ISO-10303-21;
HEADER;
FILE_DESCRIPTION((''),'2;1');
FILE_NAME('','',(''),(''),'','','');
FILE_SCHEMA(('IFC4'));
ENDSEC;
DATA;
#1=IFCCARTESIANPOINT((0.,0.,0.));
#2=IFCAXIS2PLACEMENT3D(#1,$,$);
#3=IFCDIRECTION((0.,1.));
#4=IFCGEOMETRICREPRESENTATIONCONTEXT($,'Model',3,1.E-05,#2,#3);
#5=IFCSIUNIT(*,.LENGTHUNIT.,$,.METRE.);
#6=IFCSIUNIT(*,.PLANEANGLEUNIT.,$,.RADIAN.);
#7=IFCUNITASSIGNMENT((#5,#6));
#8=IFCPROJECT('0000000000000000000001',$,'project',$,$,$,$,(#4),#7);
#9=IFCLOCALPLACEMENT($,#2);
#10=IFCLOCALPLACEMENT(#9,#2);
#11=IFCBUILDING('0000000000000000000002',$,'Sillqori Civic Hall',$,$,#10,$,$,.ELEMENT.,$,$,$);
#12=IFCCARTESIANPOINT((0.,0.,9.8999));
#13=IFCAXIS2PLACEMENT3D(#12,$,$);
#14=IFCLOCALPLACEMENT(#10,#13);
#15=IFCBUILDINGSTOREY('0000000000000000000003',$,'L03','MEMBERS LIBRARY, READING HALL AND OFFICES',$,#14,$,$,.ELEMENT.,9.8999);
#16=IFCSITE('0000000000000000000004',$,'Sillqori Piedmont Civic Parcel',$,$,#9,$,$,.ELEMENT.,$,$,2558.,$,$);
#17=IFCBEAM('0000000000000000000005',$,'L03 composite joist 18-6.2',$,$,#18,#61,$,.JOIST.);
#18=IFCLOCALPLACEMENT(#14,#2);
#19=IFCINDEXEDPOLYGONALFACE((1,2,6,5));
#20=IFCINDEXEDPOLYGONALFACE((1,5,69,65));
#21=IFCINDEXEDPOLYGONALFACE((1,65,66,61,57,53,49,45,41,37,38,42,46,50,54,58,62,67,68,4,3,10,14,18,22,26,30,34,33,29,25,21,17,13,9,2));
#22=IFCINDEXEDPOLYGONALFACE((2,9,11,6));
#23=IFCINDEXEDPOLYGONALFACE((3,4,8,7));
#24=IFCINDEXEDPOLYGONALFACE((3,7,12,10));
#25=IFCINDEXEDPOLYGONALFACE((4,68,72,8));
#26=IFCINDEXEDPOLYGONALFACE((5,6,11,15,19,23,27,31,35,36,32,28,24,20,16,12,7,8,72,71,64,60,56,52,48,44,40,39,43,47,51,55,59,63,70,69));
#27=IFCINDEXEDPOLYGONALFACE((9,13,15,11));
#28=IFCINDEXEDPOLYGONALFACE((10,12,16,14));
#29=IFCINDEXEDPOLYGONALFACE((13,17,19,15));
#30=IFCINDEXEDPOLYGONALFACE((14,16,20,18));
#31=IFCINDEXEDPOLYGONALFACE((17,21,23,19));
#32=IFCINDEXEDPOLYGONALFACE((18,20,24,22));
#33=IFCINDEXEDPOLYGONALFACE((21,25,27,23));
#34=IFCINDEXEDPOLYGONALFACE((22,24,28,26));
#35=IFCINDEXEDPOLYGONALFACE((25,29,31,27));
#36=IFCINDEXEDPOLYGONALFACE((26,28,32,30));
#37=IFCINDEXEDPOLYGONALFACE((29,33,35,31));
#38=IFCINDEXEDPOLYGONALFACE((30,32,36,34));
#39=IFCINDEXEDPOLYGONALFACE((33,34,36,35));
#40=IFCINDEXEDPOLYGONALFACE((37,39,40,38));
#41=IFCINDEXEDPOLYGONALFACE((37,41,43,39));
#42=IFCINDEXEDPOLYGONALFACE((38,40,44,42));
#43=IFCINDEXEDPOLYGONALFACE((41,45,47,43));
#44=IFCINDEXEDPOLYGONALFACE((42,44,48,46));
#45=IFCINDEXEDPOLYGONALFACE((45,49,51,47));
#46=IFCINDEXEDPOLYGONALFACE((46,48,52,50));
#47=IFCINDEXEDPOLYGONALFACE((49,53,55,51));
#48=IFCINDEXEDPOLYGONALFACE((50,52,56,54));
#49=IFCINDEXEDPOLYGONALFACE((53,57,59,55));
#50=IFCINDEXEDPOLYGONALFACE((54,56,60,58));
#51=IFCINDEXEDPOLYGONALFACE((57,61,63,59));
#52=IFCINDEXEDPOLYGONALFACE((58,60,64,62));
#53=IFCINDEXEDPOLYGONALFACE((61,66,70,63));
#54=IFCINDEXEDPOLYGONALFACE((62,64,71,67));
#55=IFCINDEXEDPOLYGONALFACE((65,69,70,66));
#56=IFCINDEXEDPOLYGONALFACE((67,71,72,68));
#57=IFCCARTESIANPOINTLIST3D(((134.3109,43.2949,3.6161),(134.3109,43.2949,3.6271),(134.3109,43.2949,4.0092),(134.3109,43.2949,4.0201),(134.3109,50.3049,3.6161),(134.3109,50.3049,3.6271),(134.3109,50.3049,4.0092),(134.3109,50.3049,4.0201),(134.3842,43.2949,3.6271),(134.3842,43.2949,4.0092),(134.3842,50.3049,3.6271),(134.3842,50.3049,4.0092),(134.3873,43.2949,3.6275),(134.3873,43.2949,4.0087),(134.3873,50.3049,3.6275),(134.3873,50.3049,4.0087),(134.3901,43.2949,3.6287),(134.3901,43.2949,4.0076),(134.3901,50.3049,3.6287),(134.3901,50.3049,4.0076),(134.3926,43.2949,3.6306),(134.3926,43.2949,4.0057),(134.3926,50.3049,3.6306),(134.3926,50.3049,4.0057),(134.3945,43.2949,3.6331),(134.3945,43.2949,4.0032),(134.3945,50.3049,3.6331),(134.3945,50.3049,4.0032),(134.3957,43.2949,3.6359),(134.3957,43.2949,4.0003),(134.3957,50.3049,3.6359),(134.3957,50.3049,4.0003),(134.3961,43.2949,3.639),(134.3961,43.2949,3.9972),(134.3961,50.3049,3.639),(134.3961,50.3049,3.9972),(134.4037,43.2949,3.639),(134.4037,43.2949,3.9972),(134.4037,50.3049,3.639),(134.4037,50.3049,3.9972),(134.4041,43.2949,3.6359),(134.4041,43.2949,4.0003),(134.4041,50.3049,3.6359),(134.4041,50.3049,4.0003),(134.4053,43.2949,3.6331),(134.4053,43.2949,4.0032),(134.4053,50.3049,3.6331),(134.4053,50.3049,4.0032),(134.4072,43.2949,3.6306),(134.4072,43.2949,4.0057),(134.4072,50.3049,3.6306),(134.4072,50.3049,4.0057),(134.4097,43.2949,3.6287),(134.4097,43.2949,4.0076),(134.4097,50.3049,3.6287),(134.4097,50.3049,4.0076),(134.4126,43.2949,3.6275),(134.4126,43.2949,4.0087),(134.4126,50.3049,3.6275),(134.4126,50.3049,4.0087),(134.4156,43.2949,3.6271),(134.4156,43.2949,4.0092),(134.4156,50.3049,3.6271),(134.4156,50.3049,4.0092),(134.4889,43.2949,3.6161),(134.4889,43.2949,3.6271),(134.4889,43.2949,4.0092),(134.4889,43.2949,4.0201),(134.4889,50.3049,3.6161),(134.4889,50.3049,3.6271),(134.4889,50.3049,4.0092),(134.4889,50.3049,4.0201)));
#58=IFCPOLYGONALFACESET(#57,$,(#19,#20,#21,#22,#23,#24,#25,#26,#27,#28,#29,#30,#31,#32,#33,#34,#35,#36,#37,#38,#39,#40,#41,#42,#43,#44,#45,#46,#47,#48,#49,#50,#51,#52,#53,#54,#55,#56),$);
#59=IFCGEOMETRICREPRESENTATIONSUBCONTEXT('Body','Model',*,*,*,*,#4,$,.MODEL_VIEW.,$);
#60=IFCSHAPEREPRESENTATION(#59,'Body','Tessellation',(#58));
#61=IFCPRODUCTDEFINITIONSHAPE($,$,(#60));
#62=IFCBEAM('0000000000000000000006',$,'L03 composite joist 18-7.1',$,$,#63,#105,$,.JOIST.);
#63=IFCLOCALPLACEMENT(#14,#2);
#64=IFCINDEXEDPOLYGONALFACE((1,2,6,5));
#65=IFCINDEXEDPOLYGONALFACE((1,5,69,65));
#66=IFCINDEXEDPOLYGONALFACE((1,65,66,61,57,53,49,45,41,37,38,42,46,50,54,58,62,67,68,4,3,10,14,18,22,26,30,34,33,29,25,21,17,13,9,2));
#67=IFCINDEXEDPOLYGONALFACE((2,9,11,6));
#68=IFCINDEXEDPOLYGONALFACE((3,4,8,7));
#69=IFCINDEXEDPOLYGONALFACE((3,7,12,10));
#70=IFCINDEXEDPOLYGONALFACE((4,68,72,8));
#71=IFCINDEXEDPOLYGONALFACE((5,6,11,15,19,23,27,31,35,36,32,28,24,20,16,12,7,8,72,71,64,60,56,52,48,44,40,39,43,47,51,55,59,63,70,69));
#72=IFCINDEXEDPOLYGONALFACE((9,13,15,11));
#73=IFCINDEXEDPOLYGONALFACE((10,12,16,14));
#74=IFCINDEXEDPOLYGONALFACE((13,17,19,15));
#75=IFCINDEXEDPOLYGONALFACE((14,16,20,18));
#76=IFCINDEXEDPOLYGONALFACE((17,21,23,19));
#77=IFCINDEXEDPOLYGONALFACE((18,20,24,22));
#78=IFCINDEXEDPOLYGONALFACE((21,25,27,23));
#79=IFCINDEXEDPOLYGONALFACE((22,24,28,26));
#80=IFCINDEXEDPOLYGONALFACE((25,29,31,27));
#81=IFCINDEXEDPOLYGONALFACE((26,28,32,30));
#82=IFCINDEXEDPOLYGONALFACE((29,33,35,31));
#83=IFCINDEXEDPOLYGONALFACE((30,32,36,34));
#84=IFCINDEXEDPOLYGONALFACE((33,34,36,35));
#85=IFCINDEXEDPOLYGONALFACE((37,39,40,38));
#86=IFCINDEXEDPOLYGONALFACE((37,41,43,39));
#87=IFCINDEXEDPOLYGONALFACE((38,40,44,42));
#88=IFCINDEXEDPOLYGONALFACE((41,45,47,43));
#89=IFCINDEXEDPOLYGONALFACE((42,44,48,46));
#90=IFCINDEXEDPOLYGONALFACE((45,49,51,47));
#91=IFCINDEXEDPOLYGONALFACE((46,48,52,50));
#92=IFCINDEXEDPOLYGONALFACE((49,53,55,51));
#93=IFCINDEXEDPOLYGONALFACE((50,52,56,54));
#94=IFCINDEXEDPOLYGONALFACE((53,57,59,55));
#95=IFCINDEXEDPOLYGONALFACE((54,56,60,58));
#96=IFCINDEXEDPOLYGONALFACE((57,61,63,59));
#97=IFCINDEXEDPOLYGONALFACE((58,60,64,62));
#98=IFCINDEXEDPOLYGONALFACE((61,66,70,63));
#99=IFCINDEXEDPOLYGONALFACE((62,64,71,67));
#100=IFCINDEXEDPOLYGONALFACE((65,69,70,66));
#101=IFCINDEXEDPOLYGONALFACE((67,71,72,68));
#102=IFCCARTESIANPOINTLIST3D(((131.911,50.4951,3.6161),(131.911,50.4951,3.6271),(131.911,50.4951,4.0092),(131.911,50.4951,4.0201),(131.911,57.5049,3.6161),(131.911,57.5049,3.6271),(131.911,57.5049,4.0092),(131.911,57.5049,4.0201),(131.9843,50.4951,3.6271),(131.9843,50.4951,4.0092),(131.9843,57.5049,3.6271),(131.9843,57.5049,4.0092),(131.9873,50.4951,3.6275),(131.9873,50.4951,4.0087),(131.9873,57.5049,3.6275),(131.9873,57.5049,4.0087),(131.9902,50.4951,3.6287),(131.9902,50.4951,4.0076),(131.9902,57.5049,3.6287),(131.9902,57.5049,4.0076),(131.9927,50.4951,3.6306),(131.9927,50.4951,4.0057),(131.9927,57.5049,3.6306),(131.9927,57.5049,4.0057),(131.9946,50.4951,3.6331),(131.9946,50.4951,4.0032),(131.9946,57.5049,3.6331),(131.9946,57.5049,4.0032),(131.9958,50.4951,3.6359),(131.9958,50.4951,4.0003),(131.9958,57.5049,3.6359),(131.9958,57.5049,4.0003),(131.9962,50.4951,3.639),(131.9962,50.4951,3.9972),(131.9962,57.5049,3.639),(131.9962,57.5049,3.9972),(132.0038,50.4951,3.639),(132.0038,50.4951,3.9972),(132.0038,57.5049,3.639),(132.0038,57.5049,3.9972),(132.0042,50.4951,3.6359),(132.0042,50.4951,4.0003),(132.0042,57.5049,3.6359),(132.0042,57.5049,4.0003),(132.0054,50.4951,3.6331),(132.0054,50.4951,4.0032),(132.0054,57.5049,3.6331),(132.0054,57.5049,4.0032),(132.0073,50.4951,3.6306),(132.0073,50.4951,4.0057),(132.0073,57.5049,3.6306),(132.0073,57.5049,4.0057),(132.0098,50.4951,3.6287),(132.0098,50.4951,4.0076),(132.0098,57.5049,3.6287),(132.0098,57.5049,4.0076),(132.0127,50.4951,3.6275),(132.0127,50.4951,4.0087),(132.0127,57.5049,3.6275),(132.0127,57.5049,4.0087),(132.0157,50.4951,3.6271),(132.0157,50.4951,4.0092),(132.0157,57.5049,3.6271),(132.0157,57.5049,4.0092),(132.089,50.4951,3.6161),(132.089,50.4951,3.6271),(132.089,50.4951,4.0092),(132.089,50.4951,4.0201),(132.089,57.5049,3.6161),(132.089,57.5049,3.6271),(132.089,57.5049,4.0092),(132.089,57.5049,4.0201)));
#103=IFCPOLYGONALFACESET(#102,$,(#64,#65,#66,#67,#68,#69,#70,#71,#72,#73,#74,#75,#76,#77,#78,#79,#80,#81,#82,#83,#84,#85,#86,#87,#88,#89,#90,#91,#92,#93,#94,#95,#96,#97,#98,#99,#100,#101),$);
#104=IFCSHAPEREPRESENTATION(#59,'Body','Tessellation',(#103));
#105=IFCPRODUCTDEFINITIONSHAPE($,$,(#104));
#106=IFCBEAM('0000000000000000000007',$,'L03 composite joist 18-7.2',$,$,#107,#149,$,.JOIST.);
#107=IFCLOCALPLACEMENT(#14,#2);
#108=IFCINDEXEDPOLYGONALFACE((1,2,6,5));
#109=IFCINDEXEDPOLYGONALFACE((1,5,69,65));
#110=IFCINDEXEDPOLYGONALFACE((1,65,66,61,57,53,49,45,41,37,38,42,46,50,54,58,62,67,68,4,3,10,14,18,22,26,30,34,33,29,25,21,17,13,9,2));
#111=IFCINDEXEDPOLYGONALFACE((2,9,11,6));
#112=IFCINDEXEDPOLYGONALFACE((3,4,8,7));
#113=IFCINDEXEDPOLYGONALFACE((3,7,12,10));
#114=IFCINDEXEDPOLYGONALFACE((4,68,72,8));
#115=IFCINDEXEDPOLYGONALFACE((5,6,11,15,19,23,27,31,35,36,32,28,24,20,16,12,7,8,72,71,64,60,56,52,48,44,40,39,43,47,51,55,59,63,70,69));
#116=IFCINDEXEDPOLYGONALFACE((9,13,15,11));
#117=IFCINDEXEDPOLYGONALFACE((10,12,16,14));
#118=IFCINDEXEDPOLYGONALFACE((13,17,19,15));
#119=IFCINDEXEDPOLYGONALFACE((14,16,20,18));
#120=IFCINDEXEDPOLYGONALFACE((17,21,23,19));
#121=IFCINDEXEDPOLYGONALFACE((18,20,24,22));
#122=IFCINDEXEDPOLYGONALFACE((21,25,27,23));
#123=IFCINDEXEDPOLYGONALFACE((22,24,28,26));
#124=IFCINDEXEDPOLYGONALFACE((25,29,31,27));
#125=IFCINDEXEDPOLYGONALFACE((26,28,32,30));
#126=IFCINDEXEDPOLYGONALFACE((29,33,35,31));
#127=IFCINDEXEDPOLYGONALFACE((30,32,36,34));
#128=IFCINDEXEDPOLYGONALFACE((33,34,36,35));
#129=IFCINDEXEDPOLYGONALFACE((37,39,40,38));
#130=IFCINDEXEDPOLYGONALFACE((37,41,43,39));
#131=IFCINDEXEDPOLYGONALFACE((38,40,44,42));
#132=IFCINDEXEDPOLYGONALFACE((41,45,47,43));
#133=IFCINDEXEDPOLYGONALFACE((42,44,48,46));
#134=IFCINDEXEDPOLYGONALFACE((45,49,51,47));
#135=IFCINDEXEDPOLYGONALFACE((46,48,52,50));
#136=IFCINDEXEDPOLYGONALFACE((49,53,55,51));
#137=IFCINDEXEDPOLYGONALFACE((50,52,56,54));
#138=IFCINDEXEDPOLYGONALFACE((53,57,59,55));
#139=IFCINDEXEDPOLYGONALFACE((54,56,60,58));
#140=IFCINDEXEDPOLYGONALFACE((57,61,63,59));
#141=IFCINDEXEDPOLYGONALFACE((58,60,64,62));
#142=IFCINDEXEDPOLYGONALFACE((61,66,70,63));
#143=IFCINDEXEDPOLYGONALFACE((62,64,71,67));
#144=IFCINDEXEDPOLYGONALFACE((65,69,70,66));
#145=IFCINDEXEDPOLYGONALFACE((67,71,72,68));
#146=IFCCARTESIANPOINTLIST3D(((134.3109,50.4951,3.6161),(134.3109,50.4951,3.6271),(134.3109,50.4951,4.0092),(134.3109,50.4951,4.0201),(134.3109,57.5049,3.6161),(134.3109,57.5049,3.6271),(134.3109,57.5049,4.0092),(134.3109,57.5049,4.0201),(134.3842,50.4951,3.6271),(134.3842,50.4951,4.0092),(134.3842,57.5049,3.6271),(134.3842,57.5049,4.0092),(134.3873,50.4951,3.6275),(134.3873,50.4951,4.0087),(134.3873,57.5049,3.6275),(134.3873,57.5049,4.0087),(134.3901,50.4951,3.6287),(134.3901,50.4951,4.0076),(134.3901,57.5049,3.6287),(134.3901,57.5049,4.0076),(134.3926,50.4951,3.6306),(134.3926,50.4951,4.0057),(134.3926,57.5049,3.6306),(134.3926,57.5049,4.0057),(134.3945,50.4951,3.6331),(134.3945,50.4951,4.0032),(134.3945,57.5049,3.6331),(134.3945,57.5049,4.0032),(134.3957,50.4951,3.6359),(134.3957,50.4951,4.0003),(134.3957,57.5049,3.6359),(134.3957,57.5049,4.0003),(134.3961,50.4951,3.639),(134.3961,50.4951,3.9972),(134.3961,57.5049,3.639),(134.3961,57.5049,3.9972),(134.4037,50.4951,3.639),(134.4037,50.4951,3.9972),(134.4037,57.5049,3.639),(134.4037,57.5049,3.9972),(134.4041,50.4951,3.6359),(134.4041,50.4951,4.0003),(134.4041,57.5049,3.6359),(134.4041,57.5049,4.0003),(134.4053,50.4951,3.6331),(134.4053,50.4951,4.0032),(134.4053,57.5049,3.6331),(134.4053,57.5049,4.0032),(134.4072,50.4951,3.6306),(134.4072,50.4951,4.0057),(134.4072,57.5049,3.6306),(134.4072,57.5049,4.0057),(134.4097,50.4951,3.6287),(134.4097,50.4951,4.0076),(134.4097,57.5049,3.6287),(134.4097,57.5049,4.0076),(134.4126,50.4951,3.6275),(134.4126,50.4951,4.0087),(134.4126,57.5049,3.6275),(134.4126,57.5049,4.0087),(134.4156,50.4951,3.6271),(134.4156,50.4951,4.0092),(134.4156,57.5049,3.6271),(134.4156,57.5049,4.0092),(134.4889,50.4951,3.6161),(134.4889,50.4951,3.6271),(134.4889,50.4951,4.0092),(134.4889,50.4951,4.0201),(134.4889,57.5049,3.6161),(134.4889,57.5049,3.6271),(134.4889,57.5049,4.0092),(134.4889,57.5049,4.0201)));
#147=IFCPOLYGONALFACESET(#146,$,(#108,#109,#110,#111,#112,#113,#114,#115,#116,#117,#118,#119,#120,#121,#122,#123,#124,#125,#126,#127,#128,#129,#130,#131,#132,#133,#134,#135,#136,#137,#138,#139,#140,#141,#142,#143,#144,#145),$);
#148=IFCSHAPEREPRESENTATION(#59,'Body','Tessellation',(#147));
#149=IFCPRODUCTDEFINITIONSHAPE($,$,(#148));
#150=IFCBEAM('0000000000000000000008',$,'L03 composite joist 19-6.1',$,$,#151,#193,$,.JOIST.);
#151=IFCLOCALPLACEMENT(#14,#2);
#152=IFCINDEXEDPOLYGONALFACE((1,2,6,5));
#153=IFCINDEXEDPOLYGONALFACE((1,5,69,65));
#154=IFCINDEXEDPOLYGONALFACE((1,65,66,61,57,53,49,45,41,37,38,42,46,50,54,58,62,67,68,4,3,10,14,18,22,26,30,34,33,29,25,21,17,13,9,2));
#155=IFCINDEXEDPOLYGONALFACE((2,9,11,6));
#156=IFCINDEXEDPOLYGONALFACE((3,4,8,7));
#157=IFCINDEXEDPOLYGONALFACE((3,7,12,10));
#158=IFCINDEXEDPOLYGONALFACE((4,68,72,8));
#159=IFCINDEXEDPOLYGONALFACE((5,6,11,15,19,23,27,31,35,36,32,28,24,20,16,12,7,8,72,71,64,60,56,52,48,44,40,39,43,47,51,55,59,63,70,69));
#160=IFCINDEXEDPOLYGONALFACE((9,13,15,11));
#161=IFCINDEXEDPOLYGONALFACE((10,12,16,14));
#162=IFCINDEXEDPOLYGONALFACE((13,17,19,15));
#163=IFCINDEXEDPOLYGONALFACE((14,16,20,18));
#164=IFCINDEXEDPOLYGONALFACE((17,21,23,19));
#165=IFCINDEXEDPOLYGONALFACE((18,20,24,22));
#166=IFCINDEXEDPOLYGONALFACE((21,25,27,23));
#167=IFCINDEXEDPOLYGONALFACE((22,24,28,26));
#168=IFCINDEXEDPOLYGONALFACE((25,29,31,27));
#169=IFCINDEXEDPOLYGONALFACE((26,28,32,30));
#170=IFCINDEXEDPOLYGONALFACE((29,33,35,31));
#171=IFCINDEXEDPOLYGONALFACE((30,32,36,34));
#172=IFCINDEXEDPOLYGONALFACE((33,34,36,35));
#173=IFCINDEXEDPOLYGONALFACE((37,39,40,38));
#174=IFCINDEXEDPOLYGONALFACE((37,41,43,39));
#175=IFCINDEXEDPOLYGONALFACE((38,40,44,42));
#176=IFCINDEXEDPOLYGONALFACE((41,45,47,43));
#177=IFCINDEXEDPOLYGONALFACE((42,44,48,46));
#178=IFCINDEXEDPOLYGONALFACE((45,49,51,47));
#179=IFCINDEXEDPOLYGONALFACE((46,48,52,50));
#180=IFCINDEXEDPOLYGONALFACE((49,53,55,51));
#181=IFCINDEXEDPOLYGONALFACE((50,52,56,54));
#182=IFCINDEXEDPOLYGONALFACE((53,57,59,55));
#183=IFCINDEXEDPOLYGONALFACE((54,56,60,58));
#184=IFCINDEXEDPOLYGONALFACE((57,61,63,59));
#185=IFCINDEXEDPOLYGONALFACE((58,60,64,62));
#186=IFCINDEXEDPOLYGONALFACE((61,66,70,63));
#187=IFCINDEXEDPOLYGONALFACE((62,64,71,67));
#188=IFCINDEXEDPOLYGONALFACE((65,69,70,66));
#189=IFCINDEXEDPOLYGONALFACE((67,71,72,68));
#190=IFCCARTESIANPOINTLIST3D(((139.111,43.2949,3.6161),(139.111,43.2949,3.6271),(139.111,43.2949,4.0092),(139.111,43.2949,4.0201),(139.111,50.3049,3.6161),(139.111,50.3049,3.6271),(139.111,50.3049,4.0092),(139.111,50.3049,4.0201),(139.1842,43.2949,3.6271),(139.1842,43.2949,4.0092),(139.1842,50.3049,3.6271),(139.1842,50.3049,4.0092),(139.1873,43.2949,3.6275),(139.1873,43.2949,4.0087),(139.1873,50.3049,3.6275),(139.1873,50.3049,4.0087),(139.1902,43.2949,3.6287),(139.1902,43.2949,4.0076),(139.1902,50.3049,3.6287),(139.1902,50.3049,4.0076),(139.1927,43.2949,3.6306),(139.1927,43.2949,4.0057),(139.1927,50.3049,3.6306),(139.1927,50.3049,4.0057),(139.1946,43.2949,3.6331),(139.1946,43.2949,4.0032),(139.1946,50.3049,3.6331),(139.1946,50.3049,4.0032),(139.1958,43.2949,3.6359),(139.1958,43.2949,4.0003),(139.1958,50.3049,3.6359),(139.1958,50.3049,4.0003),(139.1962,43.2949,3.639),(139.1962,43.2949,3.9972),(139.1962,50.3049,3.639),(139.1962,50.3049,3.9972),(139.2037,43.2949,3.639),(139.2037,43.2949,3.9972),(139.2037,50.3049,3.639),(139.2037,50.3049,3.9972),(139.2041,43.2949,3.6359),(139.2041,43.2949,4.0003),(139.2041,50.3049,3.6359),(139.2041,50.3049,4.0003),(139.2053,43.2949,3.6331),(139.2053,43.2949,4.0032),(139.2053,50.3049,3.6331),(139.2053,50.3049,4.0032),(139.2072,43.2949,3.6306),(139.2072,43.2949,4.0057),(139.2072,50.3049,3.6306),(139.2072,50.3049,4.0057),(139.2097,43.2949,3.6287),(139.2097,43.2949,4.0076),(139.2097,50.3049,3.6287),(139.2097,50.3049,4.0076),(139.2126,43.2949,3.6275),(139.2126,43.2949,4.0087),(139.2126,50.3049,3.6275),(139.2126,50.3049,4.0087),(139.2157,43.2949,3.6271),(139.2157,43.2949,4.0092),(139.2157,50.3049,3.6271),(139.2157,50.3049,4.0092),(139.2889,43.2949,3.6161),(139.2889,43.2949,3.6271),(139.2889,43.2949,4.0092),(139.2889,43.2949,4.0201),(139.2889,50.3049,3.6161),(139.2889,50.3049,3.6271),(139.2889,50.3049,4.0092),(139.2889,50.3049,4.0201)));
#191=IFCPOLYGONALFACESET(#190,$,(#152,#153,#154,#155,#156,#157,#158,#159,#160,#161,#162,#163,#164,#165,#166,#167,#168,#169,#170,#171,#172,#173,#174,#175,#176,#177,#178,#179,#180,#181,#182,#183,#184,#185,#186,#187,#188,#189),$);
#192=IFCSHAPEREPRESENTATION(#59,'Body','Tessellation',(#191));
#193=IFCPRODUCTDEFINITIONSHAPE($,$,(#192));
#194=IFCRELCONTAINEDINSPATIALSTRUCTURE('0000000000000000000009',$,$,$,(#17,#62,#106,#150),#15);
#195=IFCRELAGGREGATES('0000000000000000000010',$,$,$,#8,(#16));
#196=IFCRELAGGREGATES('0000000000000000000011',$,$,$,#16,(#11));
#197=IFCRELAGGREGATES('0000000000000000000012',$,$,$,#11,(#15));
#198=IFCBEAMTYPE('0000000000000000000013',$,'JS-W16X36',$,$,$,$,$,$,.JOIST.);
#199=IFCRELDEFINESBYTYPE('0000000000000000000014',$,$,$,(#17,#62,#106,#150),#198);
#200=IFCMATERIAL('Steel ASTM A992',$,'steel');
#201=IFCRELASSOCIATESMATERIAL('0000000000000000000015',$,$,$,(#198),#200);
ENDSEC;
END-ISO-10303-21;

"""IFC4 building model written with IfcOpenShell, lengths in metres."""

from ifc_helpers import new_model, si_unit, direction, frame, origin, origin_2d, place, context, subcontext, project, spatial, i_section, extrude, material, material_profile, profile_set, type_object, element, save


model = new_model("IFC4")

# Units and contexts
model_context = context("Model", 3, precision=1e-05, world=origin(), true_north=direction((0.0, 1.0)))
body_context = subcontext(model_context, "Body", "Model", "MODEL_VIEW")
ifc_project = project(units=[si_unit("LENGTHUNIT", "METRE"), si_unit("PLANEANGLEUNIT", "RADIAN")], contexts=[model_context])

# Site, building, storey
site_placement = place(None, origin())
site = spatial("IfcSite", under=ifc_project, at=site_placement, Name="Sillqori Piedmont Civic Parcel", CompositionType="ELEMENT", RefElevation=2558.0)
building_placement = place(site_placement, origin())
building = spatial("IfcBuilding", under=site, at=building_placement, Name="Sillqori Civic Hall", CompositionType="ELEMENT")
storey_placement = place(building_placement, frame((0.0, 0.0, 9.8999)))
storey = spatial("IfcBuildingStorey", under=building, at=storey_placement, Name="L03", Description="MEMBERS LIBRARY, READING HALL AND OFFICES", CompositionType="ELEMENT", Elevation=9.8999)

# Shared definitions
ifc_material_1 = material(Name="Steel ASTM A992", Category="steel")

# Beams
ifc_material_profile_1 = material_profile(ifc_material_1, i_section(OverallWidth=0.178, OverallDepth=0.4041, WebThickness=0.0076, FlangeThickness=0.011, FilletRadius=0.012, at=origin_2d()), Name="W16X36")
ifc_profile_set_1 = profile_set([ifc_material_profile_1], Name="Steel ASTM A992")
beam_type_1 = type_object("IfcBeamType", Name="JS-W16X36", PredefinedType="JOIST", material=ifc_profile_set_1)
beam_1_placement = place(storey_placement, frame((134.3999, 43.2949, 3.8181), z_axis=(0.0, 1.0, 0.0), x_axis=(-1.0, 0.0, 0.0)))
element("IfcBeam", 1, at=beam_1_placement, inside=storey, type_object=beam_type_1, Name="L03 composite joist 18-6.2", PredefinedType="JOIST", context=body_context, shape_type="SweptSolid", body=[
    extrude(i_section(OverallWidth=0.178, OverallDepth=0.4041, WebThickness=0.0076, FlangeThickness=0.011, FilletRadius=0.012, at=origin_2d()), origin(), (0.0, 0.0, 1.0), 7.01),
])
for number, where, z_axis, x_axis, name in (
    (2, (132.0, 50.4951, 3.8181), (0.0, 1.0, 0.0), (-1.0, 0.0, 0.0), "L03 composite joist 18-7.1"),
    (3, (134.3999, 50.4951, 3.8181), (0.0, 1.0, 0.0), (-1.0, 0.0, 0.0), "L03 composite joist 18-7.2"),
):
    element("IfcBeam", number, at=place(storey_placement, frame(where, z_axis=z_axis, x_axis=x_axis)), inside=storey, type_object=beam_type_1, Name=name, PredefinedType="JOIST", context=body_context, shape_type="SweptSolid", body=[
        extrude(i_section(OverallWidth=0.178, OverallDepth=0.4041, WebThickness=0.0076, FlangeThickness=0.011, FilletRadius=0.012, at=origin_2d()), origin(), (0.0, 0.0, 1.0), 7.0098),
    ])
beam_2_placement = place(storey_placement, frame((139.2, 43.2949, 3.8181), z_axis=(0.0, 1.0, 0.0), x_axis=(-1.0, 0.0, 0.0)))
element("IfcBeam", 4, at=beam_2_placement, inside=storey, type_object=beam_type_1, Name="L03 composite joist 19-6.1", PredefinedType="JOIST", context=body_context, shape_type="SweptSolid", body=[
    extrude(i_section(OverallWidth=0.178, OverallDepth=0.4041, WebThickness=0.0076, FlangeThickness=0.011, FilletRadius=0.012, at=origin_2d()), origin(), (0.0, 0.0, 1.0), 7.01),
])

save(model, "model.ifc")
